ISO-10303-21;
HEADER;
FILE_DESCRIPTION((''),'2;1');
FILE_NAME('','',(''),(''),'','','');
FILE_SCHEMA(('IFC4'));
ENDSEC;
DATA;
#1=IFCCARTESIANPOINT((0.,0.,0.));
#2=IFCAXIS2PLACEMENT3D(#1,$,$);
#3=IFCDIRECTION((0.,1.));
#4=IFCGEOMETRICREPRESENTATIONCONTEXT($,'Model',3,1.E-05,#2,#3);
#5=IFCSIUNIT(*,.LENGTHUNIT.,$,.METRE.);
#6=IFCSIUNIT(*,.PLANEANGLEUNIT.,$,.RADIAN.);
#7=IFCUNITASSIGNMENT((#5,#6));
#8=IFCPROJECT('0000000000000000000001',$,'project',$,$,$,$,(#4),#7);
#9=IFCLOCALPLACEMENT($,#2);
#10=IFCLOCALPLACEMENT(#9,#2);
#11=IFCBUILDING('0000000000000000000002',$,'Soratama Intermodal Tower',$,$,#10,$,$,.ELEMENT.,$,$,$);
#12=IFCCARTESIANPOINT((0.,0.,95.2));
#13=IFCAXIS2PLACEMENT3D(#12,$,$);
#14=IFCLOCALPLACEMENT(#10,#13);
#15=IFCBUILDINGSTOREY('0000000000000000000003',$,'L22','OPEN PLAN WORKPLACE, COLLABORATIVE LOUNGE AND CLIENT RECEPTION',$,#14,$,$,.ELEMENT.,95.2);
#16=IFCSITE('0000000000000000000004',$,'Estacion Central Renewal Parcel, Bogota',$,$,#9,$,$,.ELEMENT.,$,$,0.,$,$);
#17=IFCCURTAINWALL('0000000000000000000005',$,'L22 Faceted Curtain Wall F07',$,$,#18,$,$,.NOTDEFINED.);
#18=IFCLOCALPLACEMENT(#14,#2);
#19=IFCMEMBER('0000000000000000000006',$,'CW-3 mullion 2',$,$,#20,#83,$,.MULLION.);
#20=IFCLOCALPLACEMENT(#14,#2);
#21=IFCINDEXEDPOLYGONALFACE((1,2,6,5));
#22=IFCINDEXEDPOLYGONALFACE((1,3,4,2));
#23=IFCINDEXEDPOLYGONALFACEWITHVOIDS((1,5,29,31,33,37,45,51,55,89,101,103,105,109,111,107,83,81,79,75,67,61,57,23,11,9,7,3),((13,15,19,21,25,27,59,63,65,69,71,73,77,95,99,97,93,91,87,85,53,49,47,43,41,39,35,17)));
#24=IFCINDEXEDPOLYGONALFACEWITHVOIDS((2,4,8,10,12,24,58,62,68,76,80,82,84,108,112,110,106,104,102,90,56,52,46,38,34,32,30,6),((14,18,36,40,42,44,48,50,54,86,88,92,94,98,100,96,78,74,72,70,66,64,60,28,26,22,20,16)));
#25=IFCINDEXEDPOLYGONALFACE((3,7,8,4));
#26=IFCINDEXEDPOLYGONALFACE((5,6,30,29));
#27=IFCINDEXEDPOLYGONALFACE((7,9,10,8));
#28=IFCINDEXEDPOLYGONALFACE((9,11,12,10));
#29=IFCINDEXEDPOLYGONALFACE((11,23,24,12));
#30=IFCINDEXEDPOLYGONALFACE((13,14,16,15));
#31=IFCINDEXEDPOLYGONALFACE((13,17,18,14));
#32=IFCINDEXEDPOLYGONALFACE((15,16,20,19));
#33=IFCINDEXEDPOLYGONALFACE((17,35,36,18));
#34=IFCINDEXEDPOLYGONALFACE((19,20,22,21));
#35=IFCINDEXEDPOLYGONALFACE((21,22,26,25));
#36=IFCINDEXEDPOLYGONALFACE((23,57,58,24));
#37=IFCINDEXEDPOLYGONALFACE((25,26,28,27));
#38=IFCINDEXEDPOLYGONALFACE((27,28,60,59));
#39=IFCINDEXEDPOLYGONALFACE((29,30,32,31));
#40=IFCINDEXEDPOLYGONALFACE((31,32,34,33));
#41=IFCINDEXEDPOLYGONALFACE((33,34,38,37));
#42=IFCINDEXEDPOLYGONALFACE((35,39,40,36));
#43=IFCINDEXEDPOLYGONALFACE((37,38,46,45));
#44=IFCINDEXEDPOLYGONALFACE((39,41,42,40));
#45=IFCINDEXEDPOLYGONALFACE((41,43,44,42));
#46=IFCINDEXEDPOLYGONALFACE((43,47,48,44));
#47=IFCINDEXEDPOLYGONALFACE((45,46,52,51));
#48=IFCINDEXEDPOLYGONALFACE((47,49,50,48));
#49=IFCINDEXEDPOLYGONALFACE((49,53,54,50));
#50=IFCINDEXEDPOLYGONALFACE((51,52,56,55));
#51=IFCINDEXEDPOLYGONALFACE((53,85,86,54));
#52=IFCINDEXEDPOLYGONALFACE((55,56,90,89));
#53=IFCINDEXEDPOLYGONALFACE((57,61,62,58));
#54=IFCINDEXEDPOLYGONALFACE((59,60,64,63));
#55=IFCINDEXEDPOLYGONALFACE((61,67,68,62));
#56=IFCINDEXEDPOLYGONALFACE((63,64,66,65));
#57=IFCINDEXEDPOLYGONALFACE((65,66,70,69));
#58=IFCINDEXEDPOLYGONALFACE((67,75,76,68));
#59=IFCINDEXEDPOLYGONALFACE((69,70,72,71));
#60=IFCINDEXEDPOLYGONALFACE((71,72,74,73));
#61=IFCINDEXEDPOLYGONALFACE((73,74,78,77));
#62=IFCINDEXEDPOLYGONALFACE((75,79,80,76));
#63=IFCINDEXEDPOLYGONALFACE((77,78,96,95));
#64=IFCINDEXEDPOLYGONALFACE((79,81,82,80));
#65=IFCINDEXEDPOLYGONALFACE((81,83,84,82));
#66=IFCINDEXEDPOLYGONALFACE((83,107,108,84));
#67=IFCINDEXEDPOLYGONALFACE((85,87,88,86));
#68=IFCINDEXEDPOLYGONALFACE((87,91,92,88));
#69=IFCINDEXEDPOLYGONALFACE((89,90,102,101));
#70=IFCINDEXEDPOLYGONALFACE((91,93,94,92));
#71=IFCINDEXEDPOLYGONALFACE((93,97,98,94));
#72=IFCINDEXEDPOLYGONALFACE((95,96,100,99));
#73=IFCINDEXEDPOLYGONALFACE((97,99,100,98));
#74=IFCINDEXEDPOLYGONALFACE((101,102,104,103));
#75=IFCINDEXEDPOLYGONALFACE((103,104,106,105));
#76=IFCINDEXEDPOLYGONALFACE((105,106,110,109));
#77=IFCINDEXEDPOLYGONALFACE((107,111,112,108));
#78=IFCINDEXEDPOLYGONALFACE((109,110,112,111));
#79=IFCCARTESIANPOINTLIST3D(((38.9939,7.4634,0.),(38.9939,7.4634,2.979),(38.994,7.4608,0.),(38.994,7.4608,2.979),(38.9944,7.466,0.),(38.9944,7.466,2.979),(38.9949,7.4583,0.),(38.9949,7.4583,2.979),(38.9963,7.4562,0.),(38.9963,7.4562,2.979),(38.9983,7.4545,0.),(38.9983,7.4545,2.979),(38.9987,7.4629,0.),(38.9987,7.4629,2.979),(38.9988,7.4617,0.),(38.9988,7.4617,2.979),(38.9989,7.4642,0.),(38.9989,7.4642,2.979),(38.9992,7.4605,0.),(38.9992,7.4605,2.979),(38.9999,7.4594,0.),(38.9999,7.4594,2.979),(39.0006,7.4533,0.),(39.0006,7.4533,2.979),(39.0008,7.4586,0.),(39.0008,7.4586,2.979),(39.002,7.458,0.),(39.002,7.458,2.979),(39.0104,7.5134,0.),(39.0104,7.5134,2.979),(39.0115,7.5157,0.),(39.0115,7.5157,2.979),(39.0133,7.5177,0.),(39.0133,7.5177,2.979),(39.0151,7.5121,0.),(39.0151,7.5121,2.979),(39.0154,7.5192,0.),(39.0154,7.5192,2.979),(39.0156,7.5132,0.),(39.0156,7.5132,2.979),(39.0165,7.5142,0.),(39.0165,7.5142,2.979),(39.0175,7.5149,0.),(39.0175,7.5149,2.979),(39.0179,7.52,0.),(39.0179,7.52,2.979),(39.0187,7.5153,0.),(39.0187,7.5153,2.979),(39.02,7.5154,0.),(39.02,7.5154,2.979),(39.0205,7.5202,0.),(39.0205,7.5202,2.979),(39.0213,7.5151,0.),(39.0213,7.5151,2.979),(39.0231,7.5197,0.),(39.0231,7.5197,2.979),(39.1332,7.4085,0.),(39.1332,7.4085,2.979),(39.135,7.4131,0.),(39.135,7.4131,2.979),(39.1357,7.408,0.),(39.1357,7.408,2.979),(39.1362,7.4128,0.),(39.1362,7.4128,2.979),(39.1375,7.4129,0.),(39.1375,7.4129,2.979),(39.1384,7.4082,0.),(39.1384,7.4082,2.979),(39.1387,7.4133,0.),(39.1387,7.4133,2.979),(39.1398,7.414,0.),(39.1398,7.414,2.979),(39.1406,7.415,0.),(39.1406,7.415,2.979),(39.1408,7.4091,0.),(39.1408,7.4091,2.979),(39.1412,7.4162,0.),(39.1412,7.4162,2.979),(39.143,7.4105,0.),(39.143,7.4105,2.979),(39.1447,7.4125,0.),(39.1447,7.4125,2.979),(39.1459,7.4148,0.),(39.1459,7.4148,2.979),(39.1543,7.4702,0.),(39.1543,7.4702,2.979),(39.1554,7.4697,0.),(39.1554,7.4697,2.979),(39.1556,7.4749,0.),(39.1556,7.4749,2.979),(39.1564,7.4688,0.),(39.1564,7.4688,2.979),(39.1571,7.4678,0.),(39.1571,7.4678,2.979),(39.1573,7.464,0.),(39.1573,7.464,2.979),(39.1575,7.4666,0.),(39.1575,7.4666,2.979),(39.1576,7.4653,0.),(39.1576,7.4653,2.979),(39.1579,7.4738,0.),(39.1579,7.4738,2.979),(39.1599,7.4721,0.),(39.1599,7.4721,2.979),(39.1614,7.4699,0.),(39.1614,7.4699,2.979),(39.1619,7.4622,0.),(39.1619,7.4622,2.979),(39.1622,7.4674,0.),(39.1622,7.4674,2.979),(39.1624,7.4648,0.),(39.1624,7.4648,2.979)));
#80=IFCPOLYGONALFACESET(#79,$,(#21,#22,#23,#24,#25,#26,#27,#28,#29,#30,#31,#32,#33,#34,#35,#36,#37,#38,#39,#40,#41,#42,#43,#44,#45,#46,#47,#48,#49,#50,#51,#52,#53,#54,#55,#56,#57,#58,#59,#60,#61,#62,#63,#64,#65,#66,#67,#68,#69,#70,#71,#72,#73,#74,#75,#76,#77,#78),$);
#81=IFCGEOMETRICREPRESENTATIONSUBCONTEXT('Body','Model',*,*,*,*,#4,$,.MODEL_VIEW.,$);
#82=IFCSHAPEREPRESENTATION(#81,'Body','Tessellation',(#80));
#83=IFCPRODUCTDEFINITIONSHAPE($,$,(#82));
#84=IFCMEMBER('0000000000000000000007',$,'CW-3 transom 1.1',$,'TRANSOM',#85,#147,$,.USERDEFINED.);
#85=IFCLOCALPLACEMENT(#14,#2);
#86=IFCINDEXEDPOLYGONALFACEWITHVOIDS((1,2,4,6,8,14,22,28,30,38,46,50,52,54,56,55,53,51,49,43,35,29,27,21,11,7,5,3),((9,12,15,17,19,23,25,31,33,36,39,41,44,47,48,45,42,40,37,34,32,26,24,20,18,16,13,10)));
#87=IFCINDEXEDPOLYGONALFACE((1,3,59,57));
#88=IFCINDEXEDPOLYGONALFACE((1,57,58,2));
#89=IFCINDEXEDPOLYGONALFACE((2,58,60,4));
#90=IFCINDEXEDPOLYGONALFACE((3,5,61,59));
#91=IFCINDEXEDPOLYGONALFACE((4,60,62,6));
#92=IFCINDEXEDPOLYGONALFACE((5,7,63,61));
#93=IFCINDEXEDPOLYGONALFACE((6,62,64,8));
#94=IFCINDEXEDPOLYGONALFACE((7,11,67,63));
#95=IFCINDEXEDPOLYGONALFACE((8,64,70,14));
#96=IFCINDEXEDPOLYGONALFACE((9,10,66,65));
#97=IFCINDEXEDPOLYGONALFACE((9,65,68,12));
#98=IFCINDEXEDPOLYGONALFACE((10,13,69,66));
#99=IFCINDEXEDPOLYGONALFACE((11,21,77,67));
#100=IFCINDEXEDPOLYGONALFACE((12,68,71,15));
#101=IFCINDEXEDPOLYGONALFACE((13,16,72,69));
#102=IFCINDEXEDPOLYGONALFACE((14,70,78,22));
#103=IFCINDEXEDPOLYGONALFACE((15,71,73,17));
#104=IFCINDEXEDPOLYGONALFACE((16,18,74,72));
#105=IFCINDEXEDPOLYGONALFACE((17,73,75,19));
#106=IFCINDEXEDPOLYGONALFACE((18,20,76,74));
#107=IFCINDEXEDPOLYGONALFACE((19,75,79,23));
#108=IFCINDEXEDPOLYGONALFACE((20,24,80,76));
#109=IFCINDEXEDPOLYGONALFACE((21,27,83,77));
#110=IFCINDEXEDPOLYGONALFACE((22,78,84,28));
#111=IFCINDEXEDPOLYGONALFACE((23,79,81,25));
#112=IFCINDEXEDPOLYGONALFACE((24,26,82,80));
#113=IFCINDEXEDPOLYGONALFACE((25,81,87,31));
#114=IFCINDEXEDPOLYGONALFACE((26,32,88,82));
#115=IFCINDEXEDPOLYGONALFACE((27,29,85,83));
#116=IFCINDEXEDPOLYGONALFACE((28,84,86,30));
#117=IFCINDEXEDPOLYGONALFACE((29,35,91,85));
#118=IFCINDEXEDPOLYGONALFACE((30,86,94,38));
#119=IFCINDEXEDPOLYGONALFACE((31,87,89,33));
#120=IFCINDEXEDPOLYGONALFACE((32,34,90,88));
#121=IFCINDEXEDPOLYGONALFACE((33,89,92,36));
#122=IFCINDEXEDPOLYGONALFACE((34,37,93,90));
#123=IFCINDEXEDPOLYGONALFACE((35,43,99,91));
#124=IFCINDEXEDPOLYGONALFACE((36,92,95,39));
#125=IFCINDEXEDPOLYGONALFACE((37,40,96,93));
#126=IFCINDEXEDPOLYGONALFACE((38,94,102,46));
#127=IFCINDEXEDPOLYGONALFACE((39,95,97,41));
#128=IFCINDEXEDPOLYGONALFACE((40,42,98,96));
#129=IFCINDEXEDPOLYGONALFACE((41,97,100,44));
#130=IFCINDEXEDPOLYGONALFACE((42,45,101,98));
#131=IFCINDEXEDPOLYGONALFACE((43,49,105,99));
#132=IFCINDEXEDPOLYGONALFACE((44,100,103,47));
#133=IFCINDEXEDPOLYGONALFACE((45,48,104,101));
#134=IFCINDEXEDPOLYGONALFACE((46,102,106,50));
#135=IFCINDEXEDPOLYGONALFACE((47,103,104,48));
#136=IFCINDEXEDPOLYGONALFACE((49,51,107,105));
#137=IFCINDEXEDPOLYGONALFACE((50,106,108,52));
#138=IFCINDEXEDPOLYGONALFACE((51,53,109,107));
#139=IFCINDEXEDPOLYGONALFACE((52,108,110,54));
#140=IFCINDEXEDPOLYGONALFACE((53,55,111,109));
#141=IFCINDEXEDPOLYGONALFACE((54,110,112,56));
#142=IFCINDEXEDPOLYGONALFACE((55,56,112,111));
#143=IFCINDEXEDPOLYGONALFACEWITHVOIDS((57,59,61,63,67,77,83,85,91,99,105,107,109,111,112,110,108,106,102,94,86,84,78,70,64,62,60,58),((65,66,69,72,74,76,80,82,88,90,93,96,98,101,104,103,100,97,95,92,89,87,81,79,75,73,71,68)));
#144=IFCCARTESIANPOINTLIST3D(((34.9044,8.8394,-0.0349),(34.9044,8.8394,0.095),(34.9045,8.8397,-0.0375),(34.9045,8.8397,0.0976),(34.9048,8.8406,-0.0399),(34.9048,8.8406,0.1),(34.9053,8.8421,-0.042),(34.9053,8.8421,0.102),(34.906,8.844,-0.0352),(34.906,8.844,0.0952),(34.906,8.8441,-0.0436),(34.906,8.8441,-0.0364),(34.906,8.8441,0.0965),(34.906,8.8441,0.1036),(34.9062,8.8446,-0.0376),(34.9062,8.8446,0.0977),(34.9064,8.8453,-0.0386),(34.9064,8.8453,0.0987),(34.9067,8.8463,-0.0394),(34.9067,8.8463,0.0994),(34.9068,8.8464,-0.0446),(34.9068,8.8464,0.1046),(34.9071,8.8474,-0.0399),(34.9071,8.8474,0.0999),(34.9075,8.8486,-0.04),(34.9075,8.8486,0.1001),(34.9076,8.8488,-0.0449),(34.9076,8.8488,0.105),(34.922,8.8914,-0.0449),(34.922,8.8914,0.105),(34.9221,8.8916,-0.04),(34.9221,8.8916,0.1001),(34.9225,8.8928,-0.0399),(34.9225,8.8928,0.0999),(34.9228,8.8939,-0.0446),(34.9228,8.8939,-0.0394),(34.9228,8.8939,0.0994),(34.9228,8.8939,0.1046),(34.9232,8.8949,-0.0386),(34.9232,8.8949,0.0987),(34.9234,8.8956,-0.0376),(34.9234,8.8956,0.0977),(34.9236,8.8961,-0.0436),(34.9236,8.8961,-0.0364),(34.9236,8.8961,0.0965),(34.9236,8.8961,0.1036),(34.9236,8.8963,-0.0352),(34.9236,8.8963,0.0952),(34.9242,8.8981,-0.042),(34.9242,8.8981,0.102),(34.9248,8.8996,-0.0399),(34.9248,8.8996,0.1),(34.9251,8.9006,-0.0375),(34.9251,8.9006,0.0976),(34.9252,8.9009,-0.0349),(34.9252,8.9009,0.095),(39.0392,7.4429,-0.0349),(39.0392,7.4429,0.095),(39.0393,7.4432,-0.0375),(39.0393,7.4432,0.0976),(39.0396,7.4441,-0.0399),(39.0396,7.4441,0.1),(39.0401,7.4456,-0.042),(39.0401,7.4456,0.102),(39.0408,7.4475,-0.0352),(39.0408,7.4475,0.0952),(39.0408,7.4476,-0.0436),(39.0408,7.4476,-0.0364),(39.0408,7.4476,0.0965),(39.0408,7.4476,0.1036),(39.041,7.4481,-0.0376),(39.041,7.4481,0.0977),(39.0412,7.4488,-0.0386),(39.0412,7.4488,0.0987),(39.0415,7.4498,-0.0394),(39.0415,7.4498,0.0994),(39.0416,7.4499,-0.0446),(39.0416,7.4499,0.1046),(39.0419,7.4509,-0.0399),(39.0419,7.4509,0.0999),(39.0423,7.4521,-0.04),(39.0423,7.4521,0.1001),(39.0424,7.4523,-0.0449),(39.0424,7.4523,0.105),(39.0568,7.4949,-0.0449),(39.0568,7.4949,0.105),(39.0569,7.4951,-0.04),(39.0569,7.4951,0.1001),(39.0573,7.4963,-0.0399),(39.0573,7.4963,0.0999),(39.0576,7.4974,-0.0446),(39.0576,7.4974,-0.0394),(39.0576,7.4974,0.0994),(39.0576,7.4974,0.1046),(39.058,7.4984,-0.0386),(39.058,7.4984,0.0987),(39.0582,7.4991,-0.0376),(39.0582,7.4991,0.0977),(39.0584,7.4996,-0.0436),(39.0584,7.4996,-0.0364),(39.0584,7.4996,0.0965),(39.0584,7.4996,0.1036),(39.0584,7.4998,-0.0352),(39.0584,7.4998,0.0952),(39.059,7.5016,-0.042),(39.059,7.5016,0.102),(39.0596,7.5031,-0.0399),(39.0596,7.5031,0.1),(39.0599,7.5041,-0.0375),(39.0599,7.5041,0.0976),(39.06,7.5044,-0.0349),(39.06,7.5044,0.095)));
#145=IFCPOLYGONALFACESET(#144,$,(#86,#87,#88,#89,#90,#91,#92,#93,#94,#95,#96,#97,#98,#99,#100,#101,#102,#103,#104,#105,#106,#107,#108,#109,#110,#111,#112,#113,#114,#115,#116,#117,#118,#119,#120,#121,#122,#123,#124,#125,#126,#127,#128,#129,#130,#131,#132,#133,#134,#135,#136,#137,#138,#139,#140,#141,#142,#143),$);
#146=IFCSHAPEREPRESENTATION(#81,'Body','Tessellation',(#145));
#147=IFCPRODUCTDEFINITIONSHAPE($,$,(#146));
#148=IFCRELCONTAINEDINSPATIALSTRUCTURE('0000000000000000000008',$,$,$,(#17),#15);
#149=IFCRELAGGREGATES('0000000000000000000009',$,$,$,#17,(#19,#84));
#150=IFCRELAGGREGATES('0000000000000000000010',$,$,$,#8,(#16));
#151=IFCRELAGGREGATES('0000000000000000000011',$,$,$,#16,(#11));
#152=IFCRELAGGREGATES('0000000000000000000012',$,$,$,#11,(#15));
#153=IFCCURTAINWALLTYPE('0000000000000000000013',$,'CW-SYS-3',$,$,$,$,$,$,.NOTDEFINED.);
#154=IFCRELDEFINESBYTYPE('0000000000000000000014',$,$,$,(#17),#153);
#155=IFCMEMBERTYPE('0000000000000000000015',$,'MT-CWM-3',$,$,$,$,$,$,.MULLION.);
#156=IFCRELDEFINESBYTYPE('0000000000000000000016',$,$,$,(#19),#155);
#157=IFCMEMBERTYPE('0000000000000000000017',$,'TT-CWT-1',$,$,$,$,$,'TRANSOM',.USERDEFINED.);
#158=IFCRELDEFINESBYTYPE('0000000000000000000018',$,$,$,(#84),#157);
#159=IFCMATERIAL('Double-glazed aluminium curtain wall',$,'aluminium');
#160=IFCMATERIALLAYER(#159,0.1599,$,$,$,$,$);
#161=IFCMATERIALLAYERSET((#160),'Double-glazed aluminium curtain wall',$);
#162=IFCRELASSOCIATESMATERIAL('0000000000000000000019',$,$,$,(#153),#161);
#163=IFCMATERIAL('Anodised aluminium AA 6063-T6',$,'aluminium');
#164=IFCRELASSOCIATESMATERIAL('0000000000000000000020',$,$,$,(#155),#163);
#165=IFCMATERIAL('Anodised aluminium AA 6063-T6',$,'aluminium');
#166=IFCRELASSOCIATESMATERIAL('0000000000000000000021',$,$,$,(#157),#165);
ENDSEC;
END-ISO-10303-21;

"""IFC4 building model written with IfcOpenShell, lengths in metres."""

from ifc_helpers import new_model, si_unit, direction, frame, origin, origin_2d, place, context, subcontext, project, spatial, hollow_rectangle, extrude, material, layer, layer_set, material_profile, profile_set, type_object, element, aggregate, save


model = new_model("IFC4")

# Units and contexts
model_context = context("Model", 3, precision=1e-05, world=origin(), true_north=direction((0.0, 1.0)))
body_context = subcontext(model_context, "Body", "Model", "MODEL_VIEW")
ifc_project = project(units=[si_unit("LENGTHUNIT", "METRE"), si_unit("PLANEANGLEUNIT", "RADIAN")], contexts=[model_context])

# Site, building, storey
site_placement = place(None, origin())
site = spatial("IfcSite", under=ifc_project, at=site_placement, Name="Estacion Central Renewal Parcel, Bogota", CompositionType="ELEMENT", RefElevation=0.0)
building_placement = place(site_placement, origin())
building = spatial("IfcBuilding", under=site, at=building_placement, Name="Soratama Intermodal Tower", CompositionType="ELEMENT")
storey_placement = place(building_placement, frame((0.0, 0.0, 95.2)))
storey = spatial("IfcBuildingStorey", under=building, at=storey_placement, Name="L22", Description="OPEN PLAN WORKPLACE, COLLABORATIVE LOUNGE AND CLIENT RECEPTION", CompositionType="ELEMENT", Elevation=95.2)

# Curtain wall, members
ifc_material_1 = material(Name="Double-glazed aluminium curtain wall", Category="aluminium")
ifc_layer_1 = layer(ifc_material_1, 0.1599)
ifc_layer_set_1 = layer_set([ifc_layer_1], Name="Double-glazed aluminium curtain wall")
curtain_wall_type = type_object("IfcCurtainWallType", Name="CW-SYS-3", PredefinedType="NOTDEFINED", material=ifc_layer_set_1)
curtain_wall_placement = place(storey_placement, origin())
curtain_wall = element("IfcCurtainWall", 1, at=curtain_wall_placement, inside=storey, type_object=curtain_wall_type, Name="L22 Faceted Curtain Wall F07", PredefinedType="NOTDEFINED")
ifc_material_2 = material(Name="Anodised aluminium AA 6063-T6", Category="aluminium")
ifc_material_profile_1 = material_profile(ifc_material_2, hollow_rectangle(XDim=0.0701, YDim=0.1599, WallThickness=0.0049, InnerFilletRadius=0.0049, OuterFilletRadius=0.01, at=origin_2d()), Name="CWM160X70X5")
ifc_profile_set_1 = profile_set([ifc_material_profile_1], Name="Anodised aluminium AA 6063-T6")
member_type_1 = type_object("IfcMemberType", Name="MT-CWM-3", PredefinedType="MULLION", material=ifc_profile_set_1)
member_1_placement = place(storey_placement, frame((39.0781, 7.4641, 0.0), z_axis=(0.0, 0.0, 1.0), x_axis=(0.319953, 0.947433, 0.0)))
member_1 = element("IfcMember", 2, at=member_1_placement, type_object=member_type_1, Name="CW-3 mullion 2", PredefinedType="MULLION", context=body_context, shape_type="SweptSolid", body=[
    extrude(hollow_rectangle(XDim=0.0701, YDim=0.1599, WallThickness=0.0049, InnerFilletRadius=0.0049, OuterFilletRadius=0.01, at=origin_2d()), origin(), (0.0, 0.0, 1.0), 2.979),
])
ifc_material_3 = material(Name="Anodised aluminium AA 6063-T6", Category="aluminium")
ifc_material_profile_2 = material_profile(ifc_material_3, hollow_rectangle(XDim=0.0649, YDim=0.1499, WallThickness=0.0049, InnerFilletRadius=0.0049, OuterFilletRadius=0.01, at=origin_2d()), Name="CWT150X65X5")
ifc_profile_set_2 = profile_set([ifc_material_profile_2], Name="Anodised aluminium AA 6063-T6")
member_type_2 = type_object("IfcMemberType", Name="TT-CWT-1", ElementType="TRANSOM", PredefinedType="USERDEFINED", material=ifc_profile_set_2)
member_2_placement = place(storey_placement, frame((34.9148, 8.8701, 0.03), z_axis=(0.947423, -0.319985, 0.0), x_axis=(0.319985, 0.947423, 0.0)))
member_2 = element("IfcMember", 3, at=member_2_placement, type_object=member_type_2, Name="CW-3 transom 1.1", ObjectType="TRANSOM", PredefinedType="USERDEFINED", context=body_context, shape_type="SweptSolid", body=[
    extrude(hollow_rectangle(XDim=0.0649, YDim=0.1499, WallThickness=0.0049, InnerFilletRadius=0.0049, OuterFilletRadius=0.01, at=origin_2d()), origin(), (0.0, 0.0, 1.0), 4.3643),
])
aggregate(curtain_wall, [member_1, member_2])

save(model, "model.ifc")
